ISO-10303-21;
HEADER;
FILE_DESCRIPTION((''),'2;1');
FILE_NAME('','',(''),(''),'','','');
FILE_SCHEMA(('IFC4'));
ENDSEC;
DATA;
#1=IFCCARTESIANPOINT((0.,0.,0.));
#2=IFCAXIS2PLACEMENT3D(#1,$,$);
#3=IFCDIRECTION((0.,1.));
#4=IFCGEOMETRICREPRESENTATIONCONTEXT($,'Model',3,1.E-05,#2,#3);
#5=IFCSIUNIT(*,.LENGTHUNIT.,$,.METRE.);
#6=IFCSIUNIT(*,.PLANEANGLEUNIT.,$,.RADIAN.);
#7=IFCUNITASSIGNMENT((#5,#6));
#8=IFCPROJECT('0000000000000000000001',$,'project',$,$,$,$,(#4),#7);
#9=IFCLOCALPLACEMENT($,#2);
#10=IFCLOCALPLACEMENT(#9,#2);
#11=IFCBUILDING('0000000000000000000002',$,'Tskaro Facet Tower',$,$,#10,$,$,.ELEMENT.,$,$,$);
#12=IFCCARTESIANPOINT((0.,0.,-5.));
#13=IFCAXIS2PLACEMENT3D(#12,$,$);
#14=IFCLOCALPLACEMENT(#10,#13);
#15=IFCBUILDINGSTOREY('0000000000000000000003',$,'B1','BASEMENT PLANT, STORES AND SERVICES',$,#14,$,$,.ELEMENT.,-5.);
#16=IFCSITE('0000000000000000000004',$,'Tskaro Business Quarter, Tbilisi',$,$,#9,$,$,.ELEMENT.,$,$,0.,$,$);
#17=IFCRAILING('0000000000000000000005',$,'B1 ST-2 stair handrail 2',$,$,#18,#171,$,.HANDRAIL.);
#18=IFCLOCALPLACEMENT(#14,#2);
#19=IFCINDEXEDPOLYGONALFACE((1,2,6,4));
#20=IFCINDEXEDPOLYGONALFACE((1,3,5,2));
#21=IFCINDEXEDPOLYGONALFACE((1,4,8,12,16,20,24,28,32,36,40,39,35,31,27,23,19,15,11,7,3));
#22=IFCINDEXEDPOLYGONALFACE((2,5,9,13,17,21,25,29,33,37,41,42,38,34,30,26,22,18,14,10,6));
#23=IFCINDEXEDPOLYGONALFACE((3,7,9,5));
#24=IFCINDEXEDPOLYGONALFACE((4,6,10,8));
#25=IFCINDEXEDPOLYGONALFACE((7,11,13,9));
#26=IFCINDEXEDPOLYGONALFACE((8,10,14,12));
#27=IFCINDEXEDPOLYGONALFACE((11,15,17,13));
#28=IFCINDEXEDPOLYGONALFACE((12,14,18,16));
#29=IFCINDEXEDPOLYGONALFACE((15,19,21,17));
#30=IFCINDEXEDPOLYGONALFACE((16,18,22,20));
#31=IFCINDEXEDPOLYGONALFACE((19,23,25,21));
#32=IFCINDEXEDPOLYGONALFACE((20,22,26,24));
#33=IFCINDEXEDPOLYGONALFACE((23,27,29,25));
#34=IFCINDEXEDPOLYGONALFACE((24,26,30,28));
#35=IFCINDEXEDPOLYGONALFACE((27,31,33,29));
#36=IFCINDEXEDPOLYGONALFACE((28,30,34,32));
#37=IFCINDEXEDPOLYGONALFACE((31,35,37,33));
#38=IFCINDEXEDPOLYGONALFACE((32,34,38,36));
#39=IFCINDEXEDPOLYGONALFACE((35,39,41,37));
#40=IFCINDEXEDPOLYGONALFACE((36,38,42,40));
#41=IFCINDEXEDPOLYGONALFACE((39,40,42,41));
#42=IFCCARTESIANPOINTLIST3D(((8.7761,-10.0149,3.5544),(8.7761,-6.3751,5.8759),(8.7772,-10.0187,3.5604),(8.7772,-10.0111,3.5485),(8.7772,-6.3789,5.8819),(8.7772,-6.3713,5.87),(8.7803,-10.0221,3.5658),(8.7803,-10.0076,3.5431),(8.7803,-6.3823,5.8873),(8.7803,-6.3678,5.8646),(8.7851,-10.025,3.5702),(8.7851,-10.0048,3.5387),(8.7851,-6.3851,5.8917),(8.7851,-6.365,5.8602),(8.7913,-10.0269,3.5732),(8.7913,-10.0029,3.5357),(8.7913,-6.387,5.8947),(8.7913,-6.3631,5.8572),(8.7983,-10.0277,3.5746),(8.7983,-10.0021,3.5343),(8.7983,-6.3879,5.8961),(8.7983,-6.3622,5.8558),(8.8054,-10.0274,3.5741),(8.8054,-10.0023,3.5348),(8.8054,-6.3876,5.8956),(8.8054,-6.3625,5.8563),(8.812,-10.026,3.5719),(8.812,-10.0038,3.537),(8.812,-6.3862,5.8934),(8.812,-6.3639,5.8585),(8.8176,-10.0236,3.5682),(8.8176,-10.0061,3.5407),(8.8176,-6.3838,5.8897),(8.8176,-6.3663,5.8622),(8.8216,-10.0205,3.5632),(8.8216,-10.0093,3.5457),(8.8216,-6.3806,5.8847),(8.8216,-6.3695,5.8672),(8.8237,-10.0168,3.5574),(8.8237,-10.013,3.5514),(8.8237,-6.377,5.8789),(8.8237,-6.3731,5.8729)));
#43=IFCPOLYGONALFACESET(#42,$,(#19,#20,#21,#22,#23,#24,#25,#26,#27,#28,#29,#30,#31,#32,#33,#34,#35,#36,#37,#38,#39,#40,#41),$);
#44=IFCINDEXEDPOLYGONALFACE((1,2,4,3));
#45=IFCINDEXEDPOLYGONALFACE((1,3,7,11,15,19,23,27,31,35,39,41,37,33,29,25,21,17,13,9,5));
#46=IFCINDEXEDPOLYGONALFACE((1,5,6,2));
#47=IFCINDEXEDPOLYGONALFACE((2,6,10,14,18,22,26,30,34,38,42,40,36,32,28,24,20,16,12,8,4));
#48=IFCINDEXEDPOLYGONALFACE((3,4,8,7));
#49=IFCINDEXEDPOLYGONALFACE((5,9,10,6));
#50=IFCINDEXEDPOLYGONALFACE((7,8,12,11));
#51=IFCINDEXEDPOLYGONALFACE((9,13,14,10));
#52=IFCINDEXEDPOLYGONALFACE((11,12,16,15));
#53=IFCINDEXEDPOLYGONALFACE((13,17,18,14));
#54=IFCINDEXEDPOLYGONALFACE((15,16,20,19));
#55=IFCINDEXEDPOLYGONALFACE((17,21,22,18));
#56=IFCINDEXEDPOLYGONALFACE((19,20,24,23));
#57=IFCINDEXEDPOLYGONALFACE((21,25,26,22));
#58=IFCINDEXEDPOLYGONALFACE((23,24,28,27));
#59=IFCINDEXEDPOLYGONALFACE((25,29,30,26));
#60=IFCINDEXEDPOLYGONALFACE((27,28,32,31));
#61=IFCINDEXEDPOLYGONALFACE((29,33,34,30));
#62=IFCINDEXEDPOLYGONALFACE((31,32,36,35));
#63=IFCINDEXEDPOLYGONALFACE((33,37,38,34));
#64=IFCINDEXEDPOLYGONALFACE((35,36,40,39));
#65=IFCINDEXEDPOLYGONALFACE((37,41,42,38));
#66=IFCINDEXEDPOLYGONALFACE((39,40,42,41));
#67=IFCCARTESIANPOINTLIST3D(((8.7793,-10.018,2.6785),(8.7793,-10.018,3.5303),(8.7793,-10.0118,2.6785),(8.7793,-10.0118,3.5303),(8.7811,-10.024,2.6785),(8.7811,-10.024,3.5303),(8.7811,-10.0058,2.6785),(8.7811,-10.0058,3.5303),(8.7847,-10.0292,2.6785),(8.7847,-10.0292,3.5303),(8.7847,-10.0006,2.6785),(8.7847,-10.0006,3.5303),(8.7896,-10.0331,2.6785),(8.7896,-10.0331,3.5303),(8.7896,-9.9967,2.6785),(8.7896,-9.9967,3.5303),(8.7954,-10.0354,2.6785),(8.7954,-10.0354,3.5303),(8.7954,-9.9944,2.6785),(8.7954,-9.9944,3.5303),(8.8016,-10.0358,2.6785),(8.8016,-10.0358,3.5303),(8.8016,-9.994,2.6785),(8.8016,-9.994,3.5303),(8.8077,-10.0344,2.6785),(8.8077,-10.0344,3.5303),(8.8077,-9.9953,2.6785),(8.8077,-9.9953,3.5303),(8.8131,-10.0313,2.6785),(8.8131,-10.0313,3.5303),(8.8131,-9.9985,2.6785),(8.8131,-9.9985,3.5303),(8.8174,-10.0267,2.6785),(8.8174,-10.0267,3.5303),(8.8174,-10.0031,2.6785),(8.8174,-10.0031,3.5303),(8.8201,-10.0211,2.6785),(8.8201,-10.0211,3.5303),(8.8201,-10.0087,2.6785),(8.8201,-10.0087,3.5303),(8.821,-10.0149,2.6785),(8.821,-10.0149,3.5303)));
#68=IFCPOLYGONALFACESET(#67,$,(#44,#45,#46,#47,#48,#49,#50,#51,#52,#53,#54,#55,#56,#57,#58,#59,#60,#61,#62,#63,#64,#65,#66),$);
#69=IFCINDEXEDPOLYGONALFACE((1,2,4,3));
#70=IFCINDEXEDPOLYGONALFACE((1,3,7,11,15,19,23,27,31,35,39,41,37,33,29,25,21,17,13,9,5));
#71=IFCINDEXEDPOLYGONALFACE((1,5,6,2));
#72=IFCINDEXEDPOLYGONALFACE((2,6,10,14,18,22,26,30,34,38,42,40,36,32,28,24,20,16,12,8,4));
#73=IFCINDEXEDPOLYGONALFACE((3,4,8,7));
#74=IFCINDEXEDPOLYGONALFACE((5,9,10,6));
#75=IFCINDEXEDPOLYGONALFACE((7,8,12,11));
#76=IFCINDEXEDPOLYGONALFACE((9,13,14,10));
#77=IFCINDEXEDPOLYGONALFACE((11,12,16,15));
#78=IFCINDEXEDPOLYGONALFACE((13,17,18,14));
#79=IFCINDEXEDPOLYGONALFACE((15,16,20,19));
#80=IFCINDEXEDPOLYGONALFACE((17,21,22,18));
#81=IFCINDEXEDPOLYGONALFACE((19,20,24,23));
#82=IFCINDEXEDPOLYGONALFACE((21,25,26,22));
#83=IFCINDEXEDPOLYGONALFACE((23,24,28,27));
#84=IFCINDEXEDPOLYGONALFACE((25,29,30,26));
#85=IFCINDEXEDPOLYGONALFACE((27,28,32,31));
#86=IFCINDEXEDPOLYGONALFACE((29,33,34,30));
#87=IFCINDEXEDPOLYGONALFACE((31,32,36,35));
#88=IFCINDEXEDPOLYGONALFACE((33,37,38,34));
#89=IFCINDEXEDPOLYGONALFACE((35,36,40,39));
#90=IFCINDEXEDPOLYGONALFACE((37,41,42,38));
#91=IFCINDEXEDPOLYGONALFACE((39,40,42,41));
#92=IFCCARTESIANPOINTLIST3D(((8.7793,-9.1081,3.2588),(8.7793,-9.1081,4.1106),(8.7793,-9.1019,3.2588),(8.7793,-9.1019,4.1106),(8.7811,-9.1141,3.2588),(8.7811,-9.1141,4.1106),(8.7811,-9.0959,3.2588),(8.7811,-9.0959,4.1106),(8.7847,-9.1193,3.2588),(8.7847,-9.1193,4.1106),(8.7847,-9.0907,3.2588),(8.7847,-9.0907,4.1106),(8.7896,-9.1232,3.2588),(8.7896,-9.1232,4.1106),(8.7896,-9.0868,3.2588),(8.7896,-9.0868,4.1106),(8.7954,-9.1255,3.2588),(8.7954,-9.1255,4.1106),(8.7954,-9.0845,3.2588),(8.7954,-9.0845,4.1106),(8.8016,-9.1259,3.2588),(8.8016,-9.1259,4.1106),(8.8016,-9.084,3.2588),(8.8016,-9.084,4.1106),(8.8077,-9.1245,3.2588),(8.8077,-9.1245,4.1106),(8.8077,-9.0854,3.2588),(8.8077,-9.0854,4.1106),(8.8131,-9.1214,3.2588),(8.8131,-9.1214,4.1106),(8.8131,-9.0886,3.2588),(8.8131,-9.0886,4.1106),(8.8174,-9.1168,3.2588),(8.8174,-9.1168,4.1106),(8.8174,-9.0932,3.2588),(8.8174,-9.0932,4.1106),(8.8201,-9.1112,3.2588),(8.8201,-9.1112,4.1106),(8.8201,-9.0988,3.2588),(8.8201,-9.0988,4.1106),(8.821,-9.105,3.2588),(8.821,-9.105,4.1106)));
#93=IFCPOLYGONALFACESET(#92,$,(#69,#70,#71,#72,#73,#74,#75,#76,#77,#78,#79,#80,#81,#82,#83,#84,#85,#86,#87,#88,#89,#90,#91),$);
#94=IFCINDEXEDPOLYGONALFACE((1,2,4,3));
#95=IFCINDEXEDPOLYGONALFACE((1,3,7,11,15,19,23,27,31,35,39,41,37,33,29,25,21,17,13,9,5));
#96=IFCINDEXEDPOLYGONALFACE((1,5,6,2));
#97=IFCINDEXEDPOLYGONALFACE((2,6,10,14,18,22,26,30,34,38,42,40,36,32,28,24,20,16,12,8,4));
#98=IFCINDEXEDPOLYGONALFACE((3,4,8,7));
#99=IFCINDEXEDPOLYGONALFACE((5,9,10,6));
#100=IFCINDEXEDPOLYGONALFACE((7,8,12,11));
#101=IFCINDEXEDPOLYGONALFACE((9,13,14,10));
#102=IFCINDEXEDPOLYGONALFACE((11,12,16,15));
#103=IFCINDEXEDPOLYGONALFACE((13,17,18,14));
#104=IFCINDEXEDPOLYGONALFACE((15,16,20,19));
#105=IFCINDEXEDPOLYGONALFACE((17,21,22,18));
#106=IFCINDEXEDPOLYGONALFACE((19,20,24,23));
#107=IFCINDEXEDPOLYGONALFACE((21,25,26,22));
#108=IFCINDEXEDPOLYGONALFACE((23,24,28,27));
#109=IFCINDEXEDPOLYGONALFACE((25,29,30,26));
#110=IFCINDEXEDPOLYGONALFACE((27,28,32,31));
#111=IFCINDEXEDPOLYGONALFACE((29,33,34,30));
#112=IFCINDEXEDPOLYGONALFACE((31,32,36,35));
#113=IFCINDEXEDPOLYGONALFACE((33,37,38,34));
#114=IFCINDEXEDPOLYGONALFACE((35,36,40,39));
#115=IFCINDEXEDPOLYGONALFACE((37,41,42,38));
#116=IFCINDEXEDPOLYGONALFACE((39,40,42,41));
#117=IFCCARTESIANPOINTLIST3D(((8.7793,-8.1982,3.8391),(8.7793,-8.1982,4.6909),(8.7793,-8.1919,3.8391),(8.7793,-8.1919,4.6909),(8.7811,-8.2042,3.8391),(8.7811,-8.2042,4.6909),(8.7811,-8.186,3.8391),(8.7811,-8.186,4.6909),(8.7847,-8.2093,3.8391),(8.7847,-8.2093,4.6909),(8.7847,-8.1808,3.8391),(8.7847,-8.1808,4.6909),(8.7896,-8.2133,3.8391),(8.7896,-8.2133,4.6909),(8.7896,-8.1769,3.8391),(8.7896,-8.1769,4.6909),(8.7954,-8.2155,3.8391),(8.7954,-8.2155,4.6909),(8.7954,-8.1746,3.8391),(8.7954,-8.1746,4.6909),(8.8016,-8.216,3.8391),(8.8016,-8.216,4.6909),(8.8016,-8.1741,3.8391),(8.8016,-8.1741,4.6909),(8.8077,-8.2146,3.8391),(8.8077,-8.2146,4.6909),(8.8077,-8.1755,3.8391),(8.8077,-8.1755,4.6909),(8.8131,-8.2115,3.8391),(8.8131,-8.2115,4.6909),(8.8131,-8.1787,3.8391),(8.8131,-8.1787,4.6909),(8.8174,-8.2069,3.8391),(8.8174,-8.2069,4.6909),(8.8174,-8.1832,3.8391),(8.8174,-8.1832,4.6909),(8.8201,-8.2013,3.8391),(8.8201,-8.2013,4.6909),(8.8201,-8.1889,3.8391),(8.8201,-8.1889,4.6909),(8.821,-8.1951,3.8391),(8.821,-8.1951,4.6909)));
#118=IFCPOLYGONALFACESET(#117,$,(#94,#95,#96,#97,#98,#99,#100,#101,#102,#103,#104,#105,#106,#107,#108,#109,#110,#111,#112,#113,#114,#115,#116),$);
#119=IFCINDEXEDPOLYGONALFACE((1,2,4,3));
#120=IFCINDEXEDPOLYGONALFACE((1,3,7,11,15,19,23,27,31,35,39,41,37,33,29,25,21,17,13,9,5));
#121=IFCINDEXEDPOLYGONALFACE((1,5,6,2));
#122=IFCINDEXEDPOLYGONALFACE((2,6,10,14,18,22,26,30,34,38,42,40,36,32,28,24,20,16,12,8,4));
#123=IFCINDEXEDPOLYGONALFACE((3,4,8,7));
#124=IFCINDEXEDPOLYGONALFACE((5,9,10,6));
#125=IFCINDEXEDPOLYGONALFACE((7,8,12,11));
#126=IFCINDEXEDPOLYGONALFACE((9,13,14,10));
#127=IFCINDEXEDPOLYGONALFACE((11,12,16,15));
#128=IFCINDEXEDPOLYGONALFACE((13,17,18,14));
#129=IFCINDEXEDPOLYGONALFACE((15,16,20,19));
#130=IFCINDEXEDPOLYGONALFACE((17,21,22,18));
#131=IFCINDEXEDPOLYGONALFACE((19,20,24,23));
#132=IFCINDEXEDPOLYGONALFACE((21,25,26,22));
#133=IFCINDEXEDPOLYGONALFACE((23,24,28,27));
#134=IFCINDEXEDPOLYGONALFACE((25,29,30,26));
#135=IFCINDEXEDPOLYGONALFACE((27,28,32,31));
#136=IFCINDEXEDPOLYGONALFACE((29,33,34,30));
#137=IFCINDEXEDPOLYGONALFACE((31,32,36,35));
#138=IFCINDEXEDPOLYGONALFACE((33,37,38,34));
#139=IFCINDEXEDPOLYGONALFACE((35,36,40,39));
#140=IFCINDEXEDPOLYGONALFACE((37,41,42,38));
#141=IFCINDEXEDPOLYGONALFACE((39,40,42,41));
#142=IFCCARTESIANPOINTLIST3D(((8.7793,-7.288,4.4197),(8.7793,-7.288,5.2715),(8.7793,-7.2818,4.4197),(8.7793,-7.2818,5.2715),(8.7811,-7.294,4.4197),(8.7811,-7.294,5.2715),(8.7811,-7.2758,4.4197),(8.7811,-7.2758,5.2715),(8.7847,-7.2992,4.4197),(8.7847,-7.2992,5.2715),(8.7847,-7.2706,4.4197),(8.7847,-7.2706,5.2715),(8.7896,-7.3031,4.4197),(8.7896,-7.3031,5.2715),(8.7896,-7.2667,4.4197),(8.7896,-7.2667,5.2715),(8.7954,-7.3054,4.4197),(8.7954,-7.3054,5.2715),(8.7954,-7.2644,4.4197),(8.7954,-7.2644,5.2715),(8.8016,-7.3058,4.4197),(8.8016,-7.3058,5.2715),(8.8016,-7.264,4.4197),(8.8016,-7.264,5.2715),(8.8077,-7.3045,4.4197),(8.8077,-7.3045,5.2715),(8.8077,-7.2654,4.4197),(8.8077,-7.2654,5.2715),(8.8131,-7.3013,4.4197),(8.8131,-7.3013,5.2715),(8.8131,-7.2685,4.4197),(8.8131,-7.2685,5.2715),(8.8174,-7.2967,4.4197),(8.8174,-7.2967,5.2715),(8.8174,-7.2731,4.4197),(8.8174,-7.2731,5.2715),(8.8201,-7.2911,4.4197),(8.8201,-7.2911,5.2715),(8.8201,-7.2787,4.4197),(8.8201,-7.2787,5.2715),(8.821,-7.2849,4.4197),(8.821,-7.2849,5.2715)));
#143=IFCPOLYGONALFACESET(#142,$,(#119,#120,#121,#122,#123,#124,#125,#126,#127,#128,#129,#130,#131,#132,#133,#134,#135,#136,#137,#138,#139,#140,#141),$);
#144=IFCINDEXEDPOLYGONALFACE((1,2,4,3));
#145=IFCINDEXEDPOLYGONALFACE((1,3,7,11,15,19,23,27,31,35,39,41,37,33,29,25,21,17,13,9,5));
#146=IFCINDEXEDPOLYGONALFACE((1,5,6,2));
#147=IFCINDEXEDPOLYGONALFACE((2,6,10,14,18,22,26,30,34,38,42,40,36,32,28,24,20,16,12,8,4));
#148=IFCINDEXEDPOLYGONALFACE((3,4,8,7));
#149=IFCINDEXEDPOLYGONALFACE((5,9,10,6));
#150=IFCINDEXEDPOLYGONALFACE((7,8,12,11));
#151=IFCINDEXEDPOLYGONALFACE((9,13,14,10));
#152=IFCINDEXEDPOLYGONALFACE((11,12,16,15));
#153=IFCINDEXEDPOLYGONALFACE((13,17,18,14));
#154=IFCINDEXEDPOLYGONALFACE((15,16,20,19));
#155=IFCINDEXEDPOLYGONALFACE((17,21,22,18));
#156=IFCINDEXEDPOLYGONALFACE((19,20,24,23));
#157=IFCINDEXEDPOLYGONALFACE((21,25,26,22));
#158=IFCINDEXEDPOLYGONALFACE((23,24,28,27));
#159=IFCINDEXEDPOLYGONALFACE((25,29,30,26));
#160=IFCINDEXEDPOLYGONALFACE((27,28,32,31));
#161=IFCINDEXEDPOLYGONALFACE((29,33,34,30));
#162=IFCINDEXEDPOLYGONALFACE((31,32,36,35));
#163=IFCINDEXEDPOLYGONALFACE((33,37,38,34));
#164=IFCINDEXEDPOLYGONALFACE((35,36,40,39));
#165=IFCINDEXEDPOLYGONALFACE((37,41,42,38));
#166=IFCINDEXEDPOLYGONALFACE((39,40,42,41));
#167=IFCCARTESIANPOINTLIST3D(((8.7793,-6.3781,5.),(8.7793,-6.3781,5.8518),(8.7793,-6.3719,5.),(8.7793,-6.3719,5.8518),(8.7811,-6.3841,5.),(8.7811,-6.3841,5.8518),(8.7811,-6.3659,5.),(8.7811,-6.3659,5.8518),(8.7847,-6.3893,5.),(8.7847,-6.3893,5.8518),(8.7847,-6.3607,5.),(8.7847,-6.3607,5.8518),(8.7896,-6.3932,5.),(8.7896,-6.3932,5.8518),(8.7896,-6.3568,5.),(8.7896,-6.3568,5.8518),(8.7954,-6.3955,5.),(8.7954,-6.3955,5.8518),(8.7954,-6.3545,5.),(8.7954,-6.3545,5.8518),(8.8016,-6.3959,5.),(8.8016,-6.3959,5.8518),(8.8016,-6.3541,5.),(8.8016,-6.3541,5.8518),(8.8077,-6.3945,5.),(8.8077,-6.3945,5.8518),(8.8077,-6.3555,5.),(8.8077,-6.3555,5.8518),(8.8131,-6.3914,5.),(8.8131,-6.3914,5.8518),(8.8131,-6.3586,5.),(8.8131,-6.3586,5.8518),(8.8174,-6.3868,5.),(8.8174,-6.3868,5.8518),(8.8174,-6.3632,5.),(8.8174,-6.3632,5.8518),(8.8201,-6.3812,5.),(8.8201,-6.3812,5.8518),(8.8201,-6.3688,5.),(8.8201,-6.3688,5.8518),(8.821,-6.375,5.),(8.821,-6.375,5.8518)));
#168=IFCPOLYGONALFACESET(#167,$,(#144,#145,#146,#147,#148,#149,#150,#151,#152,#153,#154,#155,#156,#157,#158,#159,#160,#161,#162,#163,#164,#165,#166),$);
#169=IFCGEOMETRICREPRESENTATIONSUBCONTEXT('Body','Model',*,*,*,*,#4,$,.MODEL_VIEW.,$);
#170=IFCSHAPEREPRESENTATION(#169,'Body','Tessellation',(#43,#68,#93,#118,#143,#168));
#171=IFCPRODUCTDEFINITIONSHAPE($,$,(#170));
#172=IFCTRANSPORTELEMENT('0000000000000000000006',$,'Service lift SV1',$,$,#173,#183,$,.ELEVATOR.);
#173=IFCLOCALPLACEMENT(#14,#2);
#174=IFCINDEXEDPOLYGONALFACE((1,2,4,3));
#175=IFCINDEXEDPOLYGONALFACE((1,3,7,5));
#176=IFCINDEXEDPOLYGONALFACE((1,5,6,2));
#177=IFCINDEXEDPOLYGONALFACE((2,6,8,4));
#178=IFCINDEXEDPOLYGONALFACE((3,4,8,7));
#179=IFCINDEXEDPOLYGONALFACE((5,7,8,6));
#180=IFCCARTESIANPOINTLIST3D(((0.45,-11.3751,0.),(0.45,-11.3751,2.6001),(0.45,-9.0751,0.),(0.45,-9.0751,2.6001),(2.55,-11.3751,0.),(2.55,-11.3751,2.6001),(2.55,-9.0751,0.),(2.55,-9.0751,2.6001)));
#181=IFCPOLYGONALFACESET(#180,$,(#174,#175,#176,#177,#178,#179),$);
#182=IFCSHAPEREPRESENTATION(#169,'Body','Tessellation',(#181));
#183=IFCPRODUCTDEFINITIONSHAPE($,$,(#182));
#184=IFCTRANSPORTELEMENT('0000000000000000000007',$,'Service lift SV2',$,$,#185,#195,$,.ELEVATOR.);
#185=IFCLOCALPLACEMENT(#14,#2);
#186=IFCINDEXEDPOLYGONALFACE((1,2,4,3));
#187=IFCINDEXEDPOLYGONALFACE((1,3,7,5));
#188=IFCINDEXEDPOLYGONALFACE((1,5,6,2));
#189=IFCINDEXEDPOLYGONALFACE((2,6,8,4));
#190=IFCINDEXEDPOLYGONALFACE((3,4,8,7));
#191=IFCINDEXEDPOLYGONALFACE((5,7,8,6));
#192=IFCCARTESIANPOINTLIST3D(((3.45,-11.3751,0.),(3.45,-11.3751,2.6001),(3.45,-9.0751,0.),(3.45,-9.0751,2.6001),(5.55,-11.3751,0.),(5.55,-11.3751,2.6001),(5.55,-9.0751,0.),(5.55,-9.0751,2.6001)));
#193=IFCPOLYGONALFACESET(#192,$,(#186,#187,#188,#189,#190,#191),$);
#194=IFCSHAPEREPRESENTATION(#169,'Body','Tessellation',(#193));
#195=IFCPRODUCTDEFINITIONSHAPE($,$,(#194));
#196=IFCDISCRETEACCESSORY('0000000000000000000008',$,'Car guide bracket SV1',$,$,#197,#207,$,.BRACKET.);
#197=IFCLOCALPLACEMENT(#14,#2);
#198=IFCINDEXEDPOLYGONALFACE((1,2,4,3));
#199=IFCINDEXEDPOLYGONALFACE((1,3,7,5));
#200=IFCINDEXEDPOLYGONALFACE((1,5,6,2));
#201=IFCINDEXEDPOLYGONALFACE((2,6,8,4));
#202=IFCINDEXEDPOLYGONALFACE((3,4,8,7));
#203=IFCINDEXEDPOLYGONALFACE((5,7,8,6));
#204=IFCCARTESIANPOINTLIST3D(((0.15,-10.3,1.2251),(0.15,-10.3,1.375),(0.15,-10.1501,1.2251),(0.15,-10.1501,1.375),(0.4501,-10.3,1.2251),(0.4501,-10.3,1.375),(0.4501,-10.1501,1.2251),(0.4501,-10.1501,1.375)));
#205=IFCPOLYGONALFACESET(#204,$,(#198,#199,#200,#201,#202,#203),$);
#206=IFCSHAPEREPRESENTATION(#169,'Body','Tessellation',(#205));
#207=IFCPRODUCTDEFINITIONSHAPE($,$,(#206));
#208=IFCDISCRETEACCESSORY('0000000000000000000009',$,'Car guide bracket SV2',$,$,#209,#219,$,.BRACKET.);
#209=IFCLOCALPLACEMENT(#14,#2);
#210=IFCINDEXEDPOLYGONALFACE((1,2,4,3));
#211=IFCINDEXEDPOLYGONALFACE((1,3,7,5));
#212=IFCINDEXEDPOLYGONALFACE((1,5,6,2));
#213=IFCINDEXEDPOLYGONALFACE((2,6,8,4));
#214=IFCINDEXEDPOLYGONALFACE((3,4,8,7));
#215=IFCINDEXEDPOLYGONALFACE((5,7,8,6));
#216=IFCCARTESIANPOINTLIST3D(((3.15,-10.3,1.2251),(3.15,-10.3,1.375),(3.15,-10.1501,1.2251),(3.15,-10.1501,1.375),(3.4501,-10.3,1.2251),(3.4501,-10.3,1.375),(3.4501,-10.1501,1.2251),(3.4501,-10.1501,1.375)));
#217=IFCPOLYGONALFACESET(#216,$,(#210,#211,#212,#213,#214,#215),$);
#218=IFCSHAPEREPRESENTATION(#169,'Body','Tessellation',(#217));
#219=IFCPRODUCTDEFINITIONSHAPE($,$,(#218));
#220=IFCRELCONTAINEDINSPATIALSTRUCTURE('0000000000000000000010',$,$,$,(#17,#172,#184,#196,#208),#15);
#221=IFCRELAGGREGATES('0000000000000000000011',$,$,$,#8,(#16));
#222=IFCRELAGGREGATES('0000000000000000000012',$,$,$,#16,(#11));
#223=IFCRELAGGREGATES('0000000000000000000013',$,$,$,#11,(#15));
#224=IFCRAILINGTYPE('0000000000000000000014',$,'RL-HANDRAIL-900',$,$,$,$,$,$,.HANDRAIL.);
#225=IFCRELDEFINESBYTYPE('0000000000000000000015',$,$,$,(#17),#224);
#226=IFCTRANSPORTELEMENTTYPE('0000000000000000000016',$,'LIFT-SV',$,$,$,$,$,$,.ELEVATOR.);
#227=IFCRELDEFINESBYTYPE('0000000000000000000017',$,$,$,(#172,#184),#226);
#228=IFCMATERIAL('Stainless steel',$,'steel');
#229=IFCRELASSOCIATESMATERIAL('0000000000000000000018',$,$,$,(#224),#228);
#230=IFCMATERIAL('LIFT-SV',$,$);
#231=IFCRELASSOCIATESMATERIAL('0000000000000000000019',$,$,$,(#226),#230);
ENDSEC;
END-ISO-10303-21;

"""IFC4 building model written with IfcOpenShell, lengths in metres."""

from ifc_helpers import new_model, si_unit, direction, frame, origin, origin_2d, place, context, subcontext, project, spatial, rectangle, circle, extrude, material, type_object, element, save


model = new_model("IFC4")

# Units and contexts
model_context = context("Model", 3, precision=1e-05, world=origin(), true_north=direction((0.0, 1.0)))
body_context = subcontext(model_context, "Body", "Model", "MODEL_VIEW")
ifc_project = project(units=[si_unit("LENGTHUNIT", "METRE"), si_unit("PLANEANGLEUNIT", "RADIAN")], contexts=[model_context])

# Site, building, storey
site_placement = place(None, origin())
site = spatial("IfcSite", under=ifc_project, at=site_placement, Name="Tskaro Business Quarter, Tbilisi", CompositionType="ELEMENT", RefElevation=0.0)
building_placement = place(site_placement, origin())
building = spatial("IfcBuilding", under=site, at=building_placement, Name="Tskaro Facet Tower", CompositionType="ELEMENT")
storey_placement = place(building_placement, frame((0.0, 0.0, -5.0)))
storey = spatial("IfcBuildingStorey", under=building, at=storey_placement, Name="B1", Description="BASEMENT PLANT, STORES AND SERVICES", CompositionType="ELEMENT", Elevation=-5.0)

# Railing
ifc_material_1 = material(Name="Stainless steel", Category="steel")
railing_type_1 = type_object("IfcRailingType", Name="RL-HANDRAIL-900", PredefinedType="HANDRAIL", material=ifc_material_1)
railing_1_placement = place(storey_placement, frame((8.8, -10.0149, 2.6785)))
element("IfcRailing", 1, at=railing_1_placement, inside=storey, type_object=railing_type_1, Name="B1 ST-2 stair handrail 2", PredefinedType="HANDRAIL", context=body_context, shape_type="SweptSolid", body=[
    extrude(circle(Radius=0.0239, at=origin_2d()), frame((0.0, 0.0, 0.876), z_axis=(0.0, 0.843112, 0.537739), x_axis=(-1.0, 0.0, 0.0)), (0.0, 0.0, 1.0), 4.3171),
    extrude(circle(Radius=0.021, at=origin_2d()), origin(), (0.0, 0.0, 1.0), 0.8518),
    extrude(circle(Radius=0.021, at=origin_2d()), frame((0.0, 0.9099, 0.5803)), (0.0, 0.0, 1.0), 0.8518),
    extrude(circle(Radius=0.021, at=origin_2d()), frame((0.0, 1.8198, 1.1606)), (0.0, 0.0, 1.0), 0.8518),
    extrude(circle(Radius=0.021, at=origin_2d()), frame((0.0, 2.73, 1.7412)), (0.0, 0.0, 1.0), 0.8518),
    extrude(circle(Radius=0.021, at=origin_2d()), frame((0.0, 3.6399, 2.3215)), (0.0, 0.0, 1.0), 0.8518),
])

# Transport elements
ifc_material_2 = material(Name="LIFT-SV")
transport_element_type = type_object("IfcTransportElementType", Name="LIFT-SV", PredefinedType="ELEVATOR", material=ifc_material_2)
for number, where, z_axis, x_axis, name in (
    (2, (1.5, -10.2251, 0.0), (0.0, 0.0, 1.0), (1.0, 0.0, 0.0), "Service lift SV1"),
    (3, (4.5, -10.2251, 0.0), (0.0, 0.0, 1.0), (1.0, 0.0, 0.0), "Service lift SV2"),
):
    element("IfcTransportElement", number, at=place(storey_placement, frame(where, z_axis=z_axis, x_axis=x_axis)), inside=storey, type_object=transport_element_type, Name=name, PredefinedType="ELEVATOR", context=body_context, shape_type="SweptSolid", body=[
        extrude(rectangle(XDim=2.1001, YDim=2.3, at=origin_2d()), origin(), (0.0, 0.0, 1.0), 2.6001),
    ])

# Discrete accessories
for number, where, z_axis, x_axis, name in (
    (4, (0.3, -10.2251, 1.2251), (0.0, 0.0, 1.0), (1.0, 0.0, 0.0), "Car guide bracket SV1"),
    (5, (3.3, -10.2251, 1.2251), (0.0, 0.0, 1.0), (1.0, 0.0, 0.0), "Car guide bracket SV2"),
):
    element("IfcDiscreteAccessory", number, at=place(storey_placement, frame(where, z_axis=z_axis, x_axis=x_axis)), inside=storey, Name=name, PredefinedType="BRACKET", context=body_context, shape_type="SweptSolid", body=[
        extrude(rectangle(XDim=0.3, YDim=0.1499, at=origin_2d()), origin(), (0.0, 0.0, 1.0), 0.1499),
    ])

save(model, "model.ifc")
